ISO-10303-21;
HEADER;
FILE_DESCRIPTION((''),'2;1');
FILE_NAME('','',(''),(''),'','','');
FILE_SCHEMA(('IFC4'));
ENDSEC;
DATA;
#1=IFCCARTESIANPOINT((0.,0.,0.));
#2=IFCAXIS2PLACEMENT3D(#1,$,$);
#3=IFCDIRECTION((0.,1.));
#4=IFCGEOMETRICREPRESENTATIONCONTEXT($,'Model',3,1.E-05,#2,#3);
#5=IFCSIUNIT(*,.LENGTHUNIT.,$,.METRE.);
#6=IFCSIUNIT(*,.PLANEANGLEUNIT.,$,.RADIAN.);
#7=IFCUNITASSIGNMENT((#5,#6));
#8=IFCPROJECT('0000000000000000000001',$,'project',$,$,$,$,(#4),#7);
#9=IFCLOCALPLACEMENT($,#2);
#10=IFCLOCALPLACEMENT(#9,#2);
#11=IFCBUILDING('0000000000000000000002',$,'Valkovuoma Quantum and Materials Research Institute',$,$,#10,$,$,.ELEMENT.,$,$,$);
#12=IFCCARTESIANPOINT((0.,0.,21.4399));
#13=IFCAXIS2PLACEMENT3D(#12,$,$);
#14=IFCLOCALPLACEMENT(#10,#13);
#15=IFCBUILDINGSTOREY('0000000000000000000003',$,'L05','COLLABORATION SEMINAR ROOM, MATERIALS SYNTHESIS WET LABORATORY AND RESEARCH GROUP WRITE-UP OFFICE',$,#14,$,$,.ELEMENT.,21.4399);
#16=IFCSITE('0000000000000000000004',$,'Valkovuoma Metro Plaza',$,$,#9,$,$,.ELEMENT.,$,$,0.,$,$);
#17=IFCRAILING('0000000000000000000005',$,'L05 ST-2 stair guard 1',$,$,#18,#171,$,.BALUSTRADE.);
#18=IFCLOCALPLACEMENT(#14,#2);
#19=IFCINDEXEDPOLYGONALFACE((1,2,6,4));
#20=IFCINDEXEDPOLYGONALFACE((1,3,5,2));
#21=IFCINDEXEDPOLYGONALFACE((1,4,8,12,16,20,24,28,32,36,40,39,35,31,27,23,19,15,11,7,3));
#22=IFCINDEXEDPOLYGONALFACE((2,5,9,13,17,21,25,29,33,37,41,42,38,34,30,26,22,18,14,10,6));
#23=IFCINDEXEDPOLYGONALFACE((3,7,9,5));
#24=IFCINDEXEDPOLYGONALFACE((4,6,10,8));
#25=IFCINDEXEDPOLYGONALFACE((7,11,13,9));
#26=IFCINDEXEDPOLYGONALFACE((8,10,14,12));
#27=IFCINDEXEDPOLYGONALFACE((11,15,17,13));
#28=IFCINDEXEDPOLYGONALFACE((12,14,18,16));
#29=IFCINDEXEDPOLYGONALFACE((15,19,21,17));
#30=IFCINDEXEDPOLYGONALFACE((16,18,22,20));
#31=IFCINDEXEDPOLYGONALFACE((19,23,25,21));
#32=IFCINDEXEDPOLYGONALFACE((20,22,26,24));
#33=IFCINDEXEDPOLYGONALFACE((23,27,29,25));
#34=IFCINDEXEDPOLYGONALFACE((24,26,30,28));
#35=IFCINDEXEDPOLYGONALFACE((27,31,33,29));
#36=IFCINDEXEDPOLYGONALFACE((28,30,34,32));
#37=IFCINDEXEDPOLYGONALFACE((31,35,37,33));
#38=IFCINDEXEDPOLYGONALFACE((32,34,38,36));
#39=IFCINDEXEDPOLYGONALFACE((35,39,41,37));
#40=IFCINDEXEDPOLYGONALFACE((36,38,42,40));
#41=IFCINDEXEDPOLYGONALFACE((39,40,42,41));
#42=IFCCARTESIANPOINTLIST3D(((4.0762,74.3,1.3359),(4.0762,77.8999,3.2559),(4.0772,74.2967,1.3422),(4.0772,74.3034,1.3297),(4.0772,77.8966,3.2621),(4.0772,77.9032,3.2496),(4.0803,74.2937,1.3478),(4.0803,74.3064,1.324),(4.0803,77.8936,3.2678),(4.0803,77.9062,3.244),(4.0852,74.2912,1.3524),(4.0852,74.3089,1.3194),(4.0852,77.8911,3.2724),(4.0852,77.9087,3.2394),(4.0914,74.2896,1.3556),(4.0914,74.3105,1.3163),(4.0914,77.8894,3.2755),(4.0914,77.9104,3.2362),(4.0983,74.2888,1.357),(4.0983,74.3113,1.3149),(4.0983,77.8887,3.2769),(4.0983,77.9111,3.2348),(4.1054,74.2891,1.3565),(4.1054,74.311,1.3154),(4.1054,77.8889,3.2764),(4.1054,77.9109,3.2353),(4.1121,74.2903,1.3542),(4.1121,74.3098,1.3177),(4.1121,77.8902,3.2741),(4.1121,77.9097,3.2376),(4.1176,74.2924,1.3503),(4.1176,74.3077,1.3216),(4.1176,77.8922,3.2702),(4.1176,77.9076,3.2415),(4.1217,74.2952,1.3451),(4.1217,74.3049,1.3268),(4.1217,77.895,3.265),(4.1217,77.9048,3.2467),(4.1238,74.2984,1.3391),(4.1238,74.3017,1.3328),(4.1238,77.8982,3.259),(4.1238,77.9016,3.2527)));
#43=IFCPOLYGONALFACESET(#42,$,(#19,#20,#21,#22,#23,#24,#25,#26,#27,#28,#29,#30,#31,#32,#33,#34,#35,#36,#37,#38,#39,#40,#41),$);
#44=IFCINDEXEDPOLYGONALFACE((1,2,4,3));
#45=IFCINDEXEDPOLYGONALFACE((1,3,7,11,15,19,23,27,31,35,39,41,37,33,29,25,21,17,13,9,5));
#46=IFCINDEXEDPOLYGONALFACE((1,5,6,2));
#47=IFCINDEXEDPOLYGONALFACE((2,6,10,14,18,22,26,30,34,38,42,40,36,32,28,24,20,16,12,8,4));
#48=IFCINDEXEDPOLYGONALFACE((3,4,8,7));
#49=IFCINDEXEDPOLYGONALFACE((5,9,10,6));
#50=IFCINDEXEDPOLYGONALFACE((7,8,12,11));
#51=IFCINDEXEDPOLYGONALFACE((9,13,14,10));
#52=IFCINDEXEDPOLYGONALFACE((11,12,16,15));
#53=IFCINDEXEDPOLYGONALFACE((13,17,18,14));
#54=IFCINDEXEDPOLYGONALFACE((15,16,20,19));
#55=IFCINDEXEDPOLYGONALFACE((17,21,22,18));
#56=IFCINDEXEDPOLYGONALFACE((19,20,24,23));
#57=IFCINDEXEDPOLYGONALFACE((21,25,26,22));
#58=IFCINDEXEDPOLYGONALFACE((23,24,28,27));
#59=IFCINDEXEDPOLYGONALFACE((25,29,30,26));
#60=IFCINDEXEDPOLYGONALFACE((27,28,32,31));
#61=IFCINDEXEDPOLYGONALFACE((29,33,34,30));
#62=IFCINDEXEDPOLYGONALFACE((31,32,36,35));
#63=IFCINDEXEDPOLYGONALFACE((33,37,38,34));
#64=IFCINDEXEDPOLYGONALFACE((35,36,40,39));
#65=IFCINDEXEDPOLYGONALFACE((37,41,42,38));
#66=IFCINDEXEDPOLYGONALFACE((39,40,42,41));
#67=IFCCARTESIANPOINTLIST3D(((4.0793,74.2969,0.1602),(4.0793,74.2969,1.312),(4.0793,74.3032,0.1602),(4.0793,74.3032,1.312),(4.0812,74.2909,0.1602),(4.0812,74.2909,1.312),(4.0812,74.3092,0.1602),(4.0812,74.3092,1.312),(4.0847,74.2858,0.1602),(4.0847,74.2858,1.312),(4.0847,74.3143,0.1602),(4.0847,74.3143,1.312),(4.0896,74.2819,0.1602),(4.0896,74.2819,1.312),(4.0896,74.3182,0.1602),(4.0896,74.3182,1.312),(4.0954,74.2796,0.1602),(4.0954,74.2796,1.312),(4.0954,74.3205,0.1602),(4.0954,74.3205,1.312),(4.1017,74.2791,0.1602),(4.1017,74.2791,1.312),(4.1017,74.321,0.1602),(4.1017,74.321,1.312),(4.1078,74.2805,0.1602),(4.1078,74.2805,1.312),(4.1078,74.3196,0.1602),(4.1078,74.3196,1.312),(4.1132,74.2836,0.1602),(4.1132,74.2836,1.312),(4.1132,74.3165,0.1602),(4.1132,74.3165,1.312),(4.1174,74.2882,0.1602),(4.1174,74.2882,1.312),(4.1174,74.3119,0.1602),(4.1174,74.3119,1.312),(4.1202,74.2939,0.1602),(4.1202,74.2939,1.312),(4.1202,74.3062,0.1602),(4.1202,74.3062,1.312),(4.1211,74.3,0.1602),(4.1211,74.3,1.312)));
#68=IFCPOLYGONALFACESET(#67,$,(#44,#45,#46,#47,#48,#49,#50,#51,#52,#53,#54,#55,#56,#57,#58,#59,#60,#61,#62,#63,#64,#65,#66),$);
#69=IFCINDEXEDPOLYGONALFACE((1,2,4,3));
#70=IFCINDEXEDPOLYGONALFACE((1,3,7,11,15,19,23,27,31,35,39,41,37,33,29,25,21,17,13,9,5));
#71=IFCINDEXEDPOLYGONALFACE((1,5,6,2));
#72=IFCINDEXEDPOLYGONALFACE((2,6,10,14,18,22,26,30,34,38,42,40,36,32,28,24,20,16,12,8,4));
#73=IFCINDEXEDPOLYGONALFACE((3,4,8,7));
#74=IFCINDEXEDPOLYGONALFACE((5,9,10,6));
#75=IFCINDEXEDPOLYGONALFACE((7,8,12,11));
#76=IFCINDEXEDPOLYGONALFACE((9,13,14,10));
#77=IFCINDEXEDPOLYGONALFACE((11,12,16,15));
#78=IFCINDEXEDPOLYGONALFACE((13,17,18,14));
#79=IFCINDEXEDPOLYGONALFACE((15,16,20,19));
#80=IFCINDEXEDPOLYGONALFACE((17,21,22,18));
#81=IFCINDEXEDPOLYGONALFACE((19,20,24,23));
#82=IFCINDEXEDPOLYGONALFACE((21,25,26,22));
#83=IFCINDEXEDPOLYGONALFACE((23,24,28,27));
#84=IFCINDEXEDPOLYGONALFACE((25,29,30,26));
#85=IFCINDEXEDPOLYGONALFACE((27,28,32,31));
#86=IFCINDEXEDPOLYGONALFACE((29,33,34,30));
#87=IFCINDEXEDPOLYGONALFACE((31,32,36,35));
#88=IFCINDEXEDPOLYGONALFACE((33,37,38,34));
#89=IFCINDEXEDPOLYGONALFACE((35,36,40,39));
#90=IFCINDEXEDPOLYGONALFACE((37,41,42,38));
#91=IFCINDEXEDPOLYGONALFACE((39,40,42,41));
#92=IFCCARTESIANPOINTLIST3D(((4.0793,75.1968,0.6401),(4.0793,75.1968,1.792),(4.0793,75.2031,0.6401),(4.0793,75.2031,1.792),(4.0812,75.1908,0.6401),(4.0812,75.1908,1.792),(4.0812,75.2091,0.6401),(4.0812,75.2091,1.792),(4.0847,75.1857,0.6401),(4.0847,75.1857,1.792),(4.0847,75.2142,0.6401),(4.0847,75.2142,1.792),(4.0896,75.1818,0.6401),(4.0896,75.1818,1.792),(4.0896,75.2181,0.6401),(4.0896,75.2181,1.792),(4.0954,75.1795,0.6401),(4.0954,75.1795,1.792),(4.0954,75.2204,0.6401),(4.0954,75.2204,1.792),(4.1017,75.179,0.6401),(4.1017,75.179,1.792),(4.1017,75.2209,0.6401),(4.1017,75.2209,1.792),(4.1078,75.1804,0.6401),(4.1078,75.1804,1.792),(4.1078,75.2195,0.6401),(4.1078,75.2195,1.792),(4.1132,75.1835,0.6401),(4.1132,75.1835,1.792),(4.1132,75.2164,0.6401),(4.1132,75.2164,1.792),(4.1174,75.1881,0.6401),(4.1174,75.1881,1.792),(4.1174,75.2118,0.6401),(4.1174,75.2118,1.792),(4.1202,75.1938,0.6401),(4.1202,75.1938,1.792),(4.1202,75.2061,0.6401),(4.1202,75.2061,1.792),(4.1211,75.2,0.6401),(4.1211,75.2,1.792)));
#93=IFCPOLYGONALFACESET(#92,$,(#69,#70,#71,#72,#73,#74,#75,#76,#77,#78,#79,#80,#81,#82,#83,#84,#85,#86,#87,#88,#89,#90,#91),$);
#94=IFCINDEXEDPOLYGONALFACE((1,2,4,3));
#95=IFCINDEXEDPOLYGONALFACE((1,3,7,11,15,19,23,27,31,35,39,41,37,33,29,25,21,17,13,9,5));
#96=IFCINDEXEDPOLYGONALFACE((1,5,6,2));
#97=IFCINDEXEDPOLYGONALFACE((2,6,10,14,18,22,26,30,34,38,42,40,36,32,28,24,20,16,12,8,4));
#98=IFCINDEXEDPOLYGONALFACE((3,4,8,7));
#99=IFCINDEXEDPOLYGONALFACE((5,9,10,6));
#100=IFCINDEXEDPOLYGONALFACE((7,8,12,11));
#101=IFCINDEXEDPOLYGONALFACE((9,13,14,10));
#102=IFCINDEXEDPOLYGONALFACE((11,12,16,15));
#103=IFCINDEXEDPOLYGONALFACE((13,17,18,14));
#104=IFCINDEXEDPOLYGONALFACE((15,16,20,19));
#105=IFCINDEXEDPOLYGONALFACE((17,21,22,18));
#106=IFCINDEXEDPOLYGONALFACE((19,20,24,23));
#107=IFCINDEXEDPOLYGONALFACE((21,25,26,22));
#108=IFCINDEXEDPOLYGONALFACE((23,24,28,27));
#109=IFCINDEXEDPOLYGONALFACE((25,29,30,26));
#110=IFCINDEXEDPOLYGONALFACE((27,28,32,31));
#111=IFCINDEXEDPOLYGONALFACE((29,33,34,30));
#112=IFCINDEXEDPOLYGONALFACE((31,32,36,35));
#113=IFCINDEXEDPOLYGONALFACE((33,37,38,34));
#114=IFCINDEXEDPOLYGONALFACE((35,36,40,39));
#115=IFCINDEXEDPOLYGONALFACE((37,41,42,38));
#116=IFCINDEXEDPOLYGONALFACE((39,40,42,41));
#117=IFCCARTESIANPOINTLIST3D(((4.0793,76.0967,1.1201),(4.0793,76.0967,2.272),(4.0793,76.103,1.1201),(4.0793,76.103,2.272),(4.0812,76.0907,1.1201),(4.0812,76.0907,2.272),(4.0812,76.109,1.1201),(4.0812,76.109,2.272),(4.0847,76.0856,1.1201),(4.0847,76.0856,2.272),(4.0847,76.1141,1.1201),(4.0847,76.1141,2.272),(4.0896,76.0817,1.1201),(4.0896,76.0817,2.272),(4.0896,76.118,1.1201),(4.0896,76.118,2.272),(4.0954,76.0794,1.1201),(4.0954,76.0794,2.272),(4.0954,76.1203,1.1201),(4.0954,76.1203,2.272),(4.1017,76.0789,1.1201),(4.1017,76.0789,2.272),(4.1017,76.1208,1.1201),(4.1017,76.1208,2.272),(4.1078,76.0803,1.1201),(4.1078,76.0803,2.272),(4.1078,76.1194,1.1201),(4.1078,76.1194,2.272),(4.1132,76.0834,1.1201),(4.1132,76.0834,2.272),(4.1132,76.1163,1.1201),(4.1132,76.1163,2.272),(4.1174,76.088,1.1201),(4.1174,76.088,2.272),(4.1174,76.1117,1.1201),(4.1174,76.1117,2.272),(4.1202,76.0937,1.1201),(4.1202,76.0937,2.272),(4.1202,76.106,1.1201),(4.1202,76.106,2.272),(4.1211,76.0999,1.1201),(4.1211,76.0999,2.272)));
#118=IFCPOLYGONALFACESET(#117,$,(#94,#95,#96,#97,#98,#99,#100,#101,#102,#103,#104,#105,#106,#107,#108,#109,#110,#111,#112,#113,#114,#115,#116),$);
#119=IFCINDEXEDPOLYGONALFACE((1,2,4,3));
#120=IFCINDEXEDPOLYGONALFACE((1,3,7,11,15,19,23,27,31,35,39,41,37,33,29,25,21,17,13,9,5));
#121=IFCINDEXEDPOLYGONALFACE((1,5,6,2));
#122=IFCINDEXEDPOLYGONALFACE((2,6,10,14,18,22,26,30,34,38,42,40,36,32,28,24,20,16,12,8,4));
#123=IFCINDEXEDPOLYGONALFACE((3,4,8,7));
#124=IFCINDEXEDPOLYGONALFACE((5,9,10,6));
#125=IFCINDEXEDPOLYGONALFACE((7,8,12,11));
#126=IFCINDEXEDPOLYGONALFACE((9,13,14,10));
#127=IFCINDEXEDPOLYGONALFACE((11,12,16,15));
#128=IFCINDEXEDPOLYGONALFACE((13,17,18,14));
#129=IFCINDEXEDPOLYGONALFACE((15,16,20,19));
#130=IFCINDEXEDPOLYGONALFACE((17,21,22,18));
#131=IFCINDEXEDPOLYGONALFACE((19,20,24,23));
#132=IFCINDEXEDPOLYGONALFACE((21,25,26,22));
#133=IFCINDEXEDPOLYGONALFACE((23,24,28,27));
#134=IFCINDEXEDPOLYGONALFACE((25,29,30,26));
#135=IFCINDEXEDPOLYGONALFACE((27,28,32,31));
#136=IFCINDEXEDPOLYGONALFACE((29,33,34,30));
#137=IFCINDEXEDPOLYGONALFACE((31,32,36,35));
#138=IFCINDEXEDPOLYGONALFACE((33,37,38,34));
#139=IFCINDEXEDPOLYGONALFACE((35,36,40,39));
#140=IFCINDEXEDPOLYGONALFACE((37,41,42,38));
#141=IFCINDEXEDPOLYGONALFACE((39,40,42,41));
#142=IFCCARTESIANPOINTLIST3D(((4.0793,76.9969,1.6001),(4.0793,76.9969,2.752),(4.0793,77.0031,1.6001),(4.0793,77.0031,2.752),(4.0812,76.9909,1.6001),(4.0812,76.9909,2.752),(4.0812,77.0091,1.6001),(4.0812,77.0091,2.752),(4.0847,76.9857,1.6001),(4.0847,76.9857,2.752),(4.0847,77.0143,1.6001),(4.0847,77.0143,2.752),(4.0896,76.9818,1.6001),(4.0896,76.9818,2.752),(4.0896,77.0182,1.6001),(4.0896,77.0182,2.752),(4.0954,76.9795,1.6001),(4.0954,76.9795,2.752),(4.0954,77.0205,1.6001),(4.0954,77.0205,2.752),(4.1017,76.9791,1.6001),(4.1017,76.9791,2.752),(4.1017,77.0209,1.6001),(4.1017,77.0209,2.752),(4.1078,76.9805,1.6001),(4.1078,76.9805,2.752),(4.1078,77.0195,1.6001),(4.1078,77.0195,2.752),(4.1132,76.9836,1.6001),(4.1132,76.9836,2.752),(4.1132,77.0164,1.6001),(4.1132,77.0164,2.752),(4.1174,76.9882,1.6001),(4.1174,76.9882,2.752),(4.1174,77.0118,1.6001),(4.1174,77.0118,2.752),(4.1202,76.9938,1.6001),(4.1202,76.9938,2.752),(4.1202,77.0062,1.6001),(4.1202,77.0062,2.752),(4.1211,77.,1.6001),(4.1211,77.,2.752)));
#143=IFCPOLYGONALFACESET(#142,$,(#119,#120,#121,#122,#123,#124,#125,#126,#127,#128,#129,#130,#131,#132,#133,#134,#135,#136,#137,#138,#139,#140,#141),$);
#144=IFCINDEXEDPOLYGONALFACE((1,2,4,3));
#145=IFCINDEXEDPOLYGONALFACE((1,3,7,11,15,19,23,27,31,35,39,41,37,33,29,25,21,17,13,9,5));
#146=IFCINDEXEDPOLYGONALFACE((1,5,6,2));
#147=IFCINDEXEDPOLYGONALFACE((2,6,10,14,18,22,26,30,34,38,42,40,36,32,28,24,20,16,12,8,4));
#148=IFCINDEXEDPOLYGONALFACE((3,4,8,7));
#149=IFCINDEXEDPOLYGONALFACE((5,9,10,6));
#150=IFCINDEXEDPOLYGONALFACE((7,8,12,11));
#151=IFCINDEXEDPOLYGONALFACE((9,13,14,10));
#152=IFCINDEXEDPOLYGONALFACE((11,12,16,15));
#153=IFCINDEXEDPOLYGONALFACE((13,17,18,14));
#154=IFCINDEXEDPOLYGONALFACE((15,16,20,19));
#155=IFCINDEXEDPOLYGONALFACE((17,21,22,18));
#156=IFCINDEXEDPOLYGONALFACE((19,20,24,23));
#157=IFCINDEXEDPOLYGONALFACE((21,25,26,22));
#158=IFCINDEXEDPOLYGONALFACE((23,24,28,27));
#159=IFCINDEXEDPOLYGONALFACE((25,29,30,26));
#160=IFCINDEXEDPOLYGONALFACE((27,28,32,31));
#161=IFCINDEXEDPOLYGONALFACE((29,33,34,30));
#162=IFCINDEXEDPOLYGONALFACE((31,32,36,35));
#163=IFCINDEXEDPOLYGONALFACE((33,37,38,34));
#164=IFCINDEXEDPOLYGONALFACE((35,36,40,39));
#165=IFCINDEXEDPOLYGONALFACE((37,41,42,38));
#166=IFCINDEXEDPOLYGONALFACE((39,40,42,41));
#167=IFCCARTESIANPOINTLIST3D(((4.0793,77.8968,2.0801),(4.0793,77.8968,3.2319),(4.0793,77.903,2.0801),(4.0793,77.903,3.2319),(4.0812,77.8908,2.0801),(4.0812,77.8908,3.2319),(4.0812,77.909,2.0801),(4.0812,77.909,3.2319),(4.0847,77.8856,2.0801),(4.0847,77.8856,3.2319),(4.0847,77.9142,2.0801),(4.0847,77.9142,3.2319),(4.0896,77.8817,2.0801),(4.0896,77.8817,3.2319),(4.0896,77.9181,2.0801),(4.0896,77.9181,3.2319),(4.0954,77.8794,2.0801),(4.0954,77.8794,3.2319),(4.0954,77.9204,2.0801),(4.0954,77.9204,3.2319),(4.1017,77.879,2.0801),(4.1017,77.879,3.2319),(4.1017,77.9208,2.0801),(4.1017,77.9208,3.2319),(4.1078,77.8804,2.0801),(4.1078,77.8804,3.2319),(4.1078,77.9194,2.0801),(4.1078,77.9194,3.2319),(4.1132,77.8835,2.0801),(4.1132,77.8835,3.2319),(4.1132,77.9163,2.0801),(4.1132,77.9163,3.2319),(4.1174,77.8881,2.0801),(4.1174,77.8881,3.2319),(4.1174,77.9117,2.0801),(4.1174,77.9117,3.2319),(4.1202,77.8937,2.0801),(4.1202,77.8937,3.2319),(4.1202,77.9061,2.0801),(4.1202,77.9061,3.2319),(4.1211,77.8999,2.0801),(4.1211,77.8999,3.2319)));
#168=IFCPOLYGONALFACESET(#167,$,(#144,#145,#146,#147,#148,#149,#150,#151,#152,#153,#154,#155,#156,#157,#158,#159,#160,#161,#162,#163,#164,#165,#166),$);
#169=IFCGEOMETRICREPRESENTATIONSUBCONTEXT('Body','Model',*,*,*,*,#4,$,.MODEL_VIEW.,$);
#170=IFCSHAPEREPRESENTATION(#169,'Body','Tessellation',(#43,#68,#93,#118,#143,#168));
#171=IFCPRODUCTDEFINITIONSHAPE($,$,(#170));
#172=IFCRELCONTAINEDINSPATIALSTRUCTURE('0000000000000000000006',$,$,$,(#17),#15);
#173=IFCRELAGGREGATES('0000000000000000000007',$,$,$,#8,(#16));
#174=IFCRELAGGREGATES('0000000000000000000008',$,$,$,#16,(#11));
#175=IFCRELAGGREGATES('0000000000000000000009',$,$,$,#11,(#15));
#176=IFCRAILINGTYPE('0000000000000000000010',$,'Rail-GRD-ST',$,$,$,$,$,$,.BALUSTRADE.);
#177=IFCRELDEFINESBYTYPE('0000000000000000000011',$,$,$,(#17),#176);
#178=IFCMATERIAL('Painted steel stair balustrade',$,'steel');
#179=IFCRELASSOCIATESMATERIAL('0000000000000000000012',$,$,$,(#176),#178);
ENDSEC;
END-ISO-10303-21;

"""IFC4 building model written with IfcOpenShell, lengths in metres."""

from ifc_helpers import new_model, si_unit, direction, frame, origin, origin_2d, place, context, subcontext, project, spatial, circle, extrude, material, type_object, element, save


model = new_model("IFC4")

# Units and contexts
model_context = context("Model", 3, precision=1e-05, world=origin(), true_north=direction((0.0, 1.0)))
body_context = subcontext(model_context, "Body", "Model", "MODEL_VIEW")
ifc_project = project(units=[si_unit("LENGTHUNIT", "METRE"), si_unit("PLANEANGLEUNIT", "RADIAN")], contexts=[model_context])

# Site, building, storey
site_placement = place(None, origin())
site = spatial("IfcSite", under=ifc_project, at=site_placement, Name="Valkovuoma Metro Plaza", CompositionType="ELEMENT", RefElevation=0.0)
building_placement = place(site_placement, origin())
building = spatial("IfcBuilding", under=site, at=building_placement, Name="Valkovuoma Quantum and Materials Research Institute", CompositionType="ELEMENT")
storey_placement = place(building_placement, frame((0.0, 0.0, 21.4399)))
storey = spatial("IfcBuildingStorey", under=building, at=storey_placement, Name="L05", Description="COLLABORATION SEMINAR ROOM, MATERIALS SYNTHESIS WET LABORATORY AND RESEARCH GROUP WRITE-UP OFFICE", CompositionType="ELEMENT", Elevation=21.4399)

# Railing
ifc_material_1 = material(Name="Painted steel stair balustrade", Category="steel")
railing_type_1 = type_object("IfcRailingType", Name="Rail-GRD-ST", PredefinedType="BALUSTRADE", material=ifc_material_1)
railing_1_placement = place(storey_placement, frame((4.1001, 74.3, 0.1602)))
element("IfcRailing", 1, at=railing_1_placement, inside=storey, type_object=railing_type_1, Name="L05 ST-2 stair guard 1", PredefinedType="BALUSTRADE", context=body_context, shape_type="SweptSolid", body=[
    extrude(circle(Radius=0.0239, at=origin_2d()), frame((0.0, 0.0, 1.1758), z_axis=(0.0, 0.882353, 0.470588), x_axis=(-1.0, 0.0, 0.0)), (0.0, 0.0, 1.0), 4.0798),
    extrude(circle(Radius=0.021, at=origin_2d()), origin(), (0.0, 0.0, 1.0), 1.1519),
    extrude(circle(Radius=0.021, at=origin_2d()), frame((0.0, 0.8999, 0.48)), (0.0, 0.0, 1.0), 1.1519),
    extrude(circle(Radius=0.021, at=origin_2d()), frame((0.0, 1.7998, 0.96)), (0.0, 0.0, 1.0), 1.1519),
    extrude(circle(Radius=0.021, at=origin_2d()), frame((0.0, 2.7, 1.4399)), (0.0, 0.0, 1.0), 1.1519),
    extrude(circle(Radius=0.021, at=origin_2d()), frame((0.0, 3.5999, 1.9199)), (0.0, 0.0, 1.0), 1.1519),
])

save(model, "model.ifc")
